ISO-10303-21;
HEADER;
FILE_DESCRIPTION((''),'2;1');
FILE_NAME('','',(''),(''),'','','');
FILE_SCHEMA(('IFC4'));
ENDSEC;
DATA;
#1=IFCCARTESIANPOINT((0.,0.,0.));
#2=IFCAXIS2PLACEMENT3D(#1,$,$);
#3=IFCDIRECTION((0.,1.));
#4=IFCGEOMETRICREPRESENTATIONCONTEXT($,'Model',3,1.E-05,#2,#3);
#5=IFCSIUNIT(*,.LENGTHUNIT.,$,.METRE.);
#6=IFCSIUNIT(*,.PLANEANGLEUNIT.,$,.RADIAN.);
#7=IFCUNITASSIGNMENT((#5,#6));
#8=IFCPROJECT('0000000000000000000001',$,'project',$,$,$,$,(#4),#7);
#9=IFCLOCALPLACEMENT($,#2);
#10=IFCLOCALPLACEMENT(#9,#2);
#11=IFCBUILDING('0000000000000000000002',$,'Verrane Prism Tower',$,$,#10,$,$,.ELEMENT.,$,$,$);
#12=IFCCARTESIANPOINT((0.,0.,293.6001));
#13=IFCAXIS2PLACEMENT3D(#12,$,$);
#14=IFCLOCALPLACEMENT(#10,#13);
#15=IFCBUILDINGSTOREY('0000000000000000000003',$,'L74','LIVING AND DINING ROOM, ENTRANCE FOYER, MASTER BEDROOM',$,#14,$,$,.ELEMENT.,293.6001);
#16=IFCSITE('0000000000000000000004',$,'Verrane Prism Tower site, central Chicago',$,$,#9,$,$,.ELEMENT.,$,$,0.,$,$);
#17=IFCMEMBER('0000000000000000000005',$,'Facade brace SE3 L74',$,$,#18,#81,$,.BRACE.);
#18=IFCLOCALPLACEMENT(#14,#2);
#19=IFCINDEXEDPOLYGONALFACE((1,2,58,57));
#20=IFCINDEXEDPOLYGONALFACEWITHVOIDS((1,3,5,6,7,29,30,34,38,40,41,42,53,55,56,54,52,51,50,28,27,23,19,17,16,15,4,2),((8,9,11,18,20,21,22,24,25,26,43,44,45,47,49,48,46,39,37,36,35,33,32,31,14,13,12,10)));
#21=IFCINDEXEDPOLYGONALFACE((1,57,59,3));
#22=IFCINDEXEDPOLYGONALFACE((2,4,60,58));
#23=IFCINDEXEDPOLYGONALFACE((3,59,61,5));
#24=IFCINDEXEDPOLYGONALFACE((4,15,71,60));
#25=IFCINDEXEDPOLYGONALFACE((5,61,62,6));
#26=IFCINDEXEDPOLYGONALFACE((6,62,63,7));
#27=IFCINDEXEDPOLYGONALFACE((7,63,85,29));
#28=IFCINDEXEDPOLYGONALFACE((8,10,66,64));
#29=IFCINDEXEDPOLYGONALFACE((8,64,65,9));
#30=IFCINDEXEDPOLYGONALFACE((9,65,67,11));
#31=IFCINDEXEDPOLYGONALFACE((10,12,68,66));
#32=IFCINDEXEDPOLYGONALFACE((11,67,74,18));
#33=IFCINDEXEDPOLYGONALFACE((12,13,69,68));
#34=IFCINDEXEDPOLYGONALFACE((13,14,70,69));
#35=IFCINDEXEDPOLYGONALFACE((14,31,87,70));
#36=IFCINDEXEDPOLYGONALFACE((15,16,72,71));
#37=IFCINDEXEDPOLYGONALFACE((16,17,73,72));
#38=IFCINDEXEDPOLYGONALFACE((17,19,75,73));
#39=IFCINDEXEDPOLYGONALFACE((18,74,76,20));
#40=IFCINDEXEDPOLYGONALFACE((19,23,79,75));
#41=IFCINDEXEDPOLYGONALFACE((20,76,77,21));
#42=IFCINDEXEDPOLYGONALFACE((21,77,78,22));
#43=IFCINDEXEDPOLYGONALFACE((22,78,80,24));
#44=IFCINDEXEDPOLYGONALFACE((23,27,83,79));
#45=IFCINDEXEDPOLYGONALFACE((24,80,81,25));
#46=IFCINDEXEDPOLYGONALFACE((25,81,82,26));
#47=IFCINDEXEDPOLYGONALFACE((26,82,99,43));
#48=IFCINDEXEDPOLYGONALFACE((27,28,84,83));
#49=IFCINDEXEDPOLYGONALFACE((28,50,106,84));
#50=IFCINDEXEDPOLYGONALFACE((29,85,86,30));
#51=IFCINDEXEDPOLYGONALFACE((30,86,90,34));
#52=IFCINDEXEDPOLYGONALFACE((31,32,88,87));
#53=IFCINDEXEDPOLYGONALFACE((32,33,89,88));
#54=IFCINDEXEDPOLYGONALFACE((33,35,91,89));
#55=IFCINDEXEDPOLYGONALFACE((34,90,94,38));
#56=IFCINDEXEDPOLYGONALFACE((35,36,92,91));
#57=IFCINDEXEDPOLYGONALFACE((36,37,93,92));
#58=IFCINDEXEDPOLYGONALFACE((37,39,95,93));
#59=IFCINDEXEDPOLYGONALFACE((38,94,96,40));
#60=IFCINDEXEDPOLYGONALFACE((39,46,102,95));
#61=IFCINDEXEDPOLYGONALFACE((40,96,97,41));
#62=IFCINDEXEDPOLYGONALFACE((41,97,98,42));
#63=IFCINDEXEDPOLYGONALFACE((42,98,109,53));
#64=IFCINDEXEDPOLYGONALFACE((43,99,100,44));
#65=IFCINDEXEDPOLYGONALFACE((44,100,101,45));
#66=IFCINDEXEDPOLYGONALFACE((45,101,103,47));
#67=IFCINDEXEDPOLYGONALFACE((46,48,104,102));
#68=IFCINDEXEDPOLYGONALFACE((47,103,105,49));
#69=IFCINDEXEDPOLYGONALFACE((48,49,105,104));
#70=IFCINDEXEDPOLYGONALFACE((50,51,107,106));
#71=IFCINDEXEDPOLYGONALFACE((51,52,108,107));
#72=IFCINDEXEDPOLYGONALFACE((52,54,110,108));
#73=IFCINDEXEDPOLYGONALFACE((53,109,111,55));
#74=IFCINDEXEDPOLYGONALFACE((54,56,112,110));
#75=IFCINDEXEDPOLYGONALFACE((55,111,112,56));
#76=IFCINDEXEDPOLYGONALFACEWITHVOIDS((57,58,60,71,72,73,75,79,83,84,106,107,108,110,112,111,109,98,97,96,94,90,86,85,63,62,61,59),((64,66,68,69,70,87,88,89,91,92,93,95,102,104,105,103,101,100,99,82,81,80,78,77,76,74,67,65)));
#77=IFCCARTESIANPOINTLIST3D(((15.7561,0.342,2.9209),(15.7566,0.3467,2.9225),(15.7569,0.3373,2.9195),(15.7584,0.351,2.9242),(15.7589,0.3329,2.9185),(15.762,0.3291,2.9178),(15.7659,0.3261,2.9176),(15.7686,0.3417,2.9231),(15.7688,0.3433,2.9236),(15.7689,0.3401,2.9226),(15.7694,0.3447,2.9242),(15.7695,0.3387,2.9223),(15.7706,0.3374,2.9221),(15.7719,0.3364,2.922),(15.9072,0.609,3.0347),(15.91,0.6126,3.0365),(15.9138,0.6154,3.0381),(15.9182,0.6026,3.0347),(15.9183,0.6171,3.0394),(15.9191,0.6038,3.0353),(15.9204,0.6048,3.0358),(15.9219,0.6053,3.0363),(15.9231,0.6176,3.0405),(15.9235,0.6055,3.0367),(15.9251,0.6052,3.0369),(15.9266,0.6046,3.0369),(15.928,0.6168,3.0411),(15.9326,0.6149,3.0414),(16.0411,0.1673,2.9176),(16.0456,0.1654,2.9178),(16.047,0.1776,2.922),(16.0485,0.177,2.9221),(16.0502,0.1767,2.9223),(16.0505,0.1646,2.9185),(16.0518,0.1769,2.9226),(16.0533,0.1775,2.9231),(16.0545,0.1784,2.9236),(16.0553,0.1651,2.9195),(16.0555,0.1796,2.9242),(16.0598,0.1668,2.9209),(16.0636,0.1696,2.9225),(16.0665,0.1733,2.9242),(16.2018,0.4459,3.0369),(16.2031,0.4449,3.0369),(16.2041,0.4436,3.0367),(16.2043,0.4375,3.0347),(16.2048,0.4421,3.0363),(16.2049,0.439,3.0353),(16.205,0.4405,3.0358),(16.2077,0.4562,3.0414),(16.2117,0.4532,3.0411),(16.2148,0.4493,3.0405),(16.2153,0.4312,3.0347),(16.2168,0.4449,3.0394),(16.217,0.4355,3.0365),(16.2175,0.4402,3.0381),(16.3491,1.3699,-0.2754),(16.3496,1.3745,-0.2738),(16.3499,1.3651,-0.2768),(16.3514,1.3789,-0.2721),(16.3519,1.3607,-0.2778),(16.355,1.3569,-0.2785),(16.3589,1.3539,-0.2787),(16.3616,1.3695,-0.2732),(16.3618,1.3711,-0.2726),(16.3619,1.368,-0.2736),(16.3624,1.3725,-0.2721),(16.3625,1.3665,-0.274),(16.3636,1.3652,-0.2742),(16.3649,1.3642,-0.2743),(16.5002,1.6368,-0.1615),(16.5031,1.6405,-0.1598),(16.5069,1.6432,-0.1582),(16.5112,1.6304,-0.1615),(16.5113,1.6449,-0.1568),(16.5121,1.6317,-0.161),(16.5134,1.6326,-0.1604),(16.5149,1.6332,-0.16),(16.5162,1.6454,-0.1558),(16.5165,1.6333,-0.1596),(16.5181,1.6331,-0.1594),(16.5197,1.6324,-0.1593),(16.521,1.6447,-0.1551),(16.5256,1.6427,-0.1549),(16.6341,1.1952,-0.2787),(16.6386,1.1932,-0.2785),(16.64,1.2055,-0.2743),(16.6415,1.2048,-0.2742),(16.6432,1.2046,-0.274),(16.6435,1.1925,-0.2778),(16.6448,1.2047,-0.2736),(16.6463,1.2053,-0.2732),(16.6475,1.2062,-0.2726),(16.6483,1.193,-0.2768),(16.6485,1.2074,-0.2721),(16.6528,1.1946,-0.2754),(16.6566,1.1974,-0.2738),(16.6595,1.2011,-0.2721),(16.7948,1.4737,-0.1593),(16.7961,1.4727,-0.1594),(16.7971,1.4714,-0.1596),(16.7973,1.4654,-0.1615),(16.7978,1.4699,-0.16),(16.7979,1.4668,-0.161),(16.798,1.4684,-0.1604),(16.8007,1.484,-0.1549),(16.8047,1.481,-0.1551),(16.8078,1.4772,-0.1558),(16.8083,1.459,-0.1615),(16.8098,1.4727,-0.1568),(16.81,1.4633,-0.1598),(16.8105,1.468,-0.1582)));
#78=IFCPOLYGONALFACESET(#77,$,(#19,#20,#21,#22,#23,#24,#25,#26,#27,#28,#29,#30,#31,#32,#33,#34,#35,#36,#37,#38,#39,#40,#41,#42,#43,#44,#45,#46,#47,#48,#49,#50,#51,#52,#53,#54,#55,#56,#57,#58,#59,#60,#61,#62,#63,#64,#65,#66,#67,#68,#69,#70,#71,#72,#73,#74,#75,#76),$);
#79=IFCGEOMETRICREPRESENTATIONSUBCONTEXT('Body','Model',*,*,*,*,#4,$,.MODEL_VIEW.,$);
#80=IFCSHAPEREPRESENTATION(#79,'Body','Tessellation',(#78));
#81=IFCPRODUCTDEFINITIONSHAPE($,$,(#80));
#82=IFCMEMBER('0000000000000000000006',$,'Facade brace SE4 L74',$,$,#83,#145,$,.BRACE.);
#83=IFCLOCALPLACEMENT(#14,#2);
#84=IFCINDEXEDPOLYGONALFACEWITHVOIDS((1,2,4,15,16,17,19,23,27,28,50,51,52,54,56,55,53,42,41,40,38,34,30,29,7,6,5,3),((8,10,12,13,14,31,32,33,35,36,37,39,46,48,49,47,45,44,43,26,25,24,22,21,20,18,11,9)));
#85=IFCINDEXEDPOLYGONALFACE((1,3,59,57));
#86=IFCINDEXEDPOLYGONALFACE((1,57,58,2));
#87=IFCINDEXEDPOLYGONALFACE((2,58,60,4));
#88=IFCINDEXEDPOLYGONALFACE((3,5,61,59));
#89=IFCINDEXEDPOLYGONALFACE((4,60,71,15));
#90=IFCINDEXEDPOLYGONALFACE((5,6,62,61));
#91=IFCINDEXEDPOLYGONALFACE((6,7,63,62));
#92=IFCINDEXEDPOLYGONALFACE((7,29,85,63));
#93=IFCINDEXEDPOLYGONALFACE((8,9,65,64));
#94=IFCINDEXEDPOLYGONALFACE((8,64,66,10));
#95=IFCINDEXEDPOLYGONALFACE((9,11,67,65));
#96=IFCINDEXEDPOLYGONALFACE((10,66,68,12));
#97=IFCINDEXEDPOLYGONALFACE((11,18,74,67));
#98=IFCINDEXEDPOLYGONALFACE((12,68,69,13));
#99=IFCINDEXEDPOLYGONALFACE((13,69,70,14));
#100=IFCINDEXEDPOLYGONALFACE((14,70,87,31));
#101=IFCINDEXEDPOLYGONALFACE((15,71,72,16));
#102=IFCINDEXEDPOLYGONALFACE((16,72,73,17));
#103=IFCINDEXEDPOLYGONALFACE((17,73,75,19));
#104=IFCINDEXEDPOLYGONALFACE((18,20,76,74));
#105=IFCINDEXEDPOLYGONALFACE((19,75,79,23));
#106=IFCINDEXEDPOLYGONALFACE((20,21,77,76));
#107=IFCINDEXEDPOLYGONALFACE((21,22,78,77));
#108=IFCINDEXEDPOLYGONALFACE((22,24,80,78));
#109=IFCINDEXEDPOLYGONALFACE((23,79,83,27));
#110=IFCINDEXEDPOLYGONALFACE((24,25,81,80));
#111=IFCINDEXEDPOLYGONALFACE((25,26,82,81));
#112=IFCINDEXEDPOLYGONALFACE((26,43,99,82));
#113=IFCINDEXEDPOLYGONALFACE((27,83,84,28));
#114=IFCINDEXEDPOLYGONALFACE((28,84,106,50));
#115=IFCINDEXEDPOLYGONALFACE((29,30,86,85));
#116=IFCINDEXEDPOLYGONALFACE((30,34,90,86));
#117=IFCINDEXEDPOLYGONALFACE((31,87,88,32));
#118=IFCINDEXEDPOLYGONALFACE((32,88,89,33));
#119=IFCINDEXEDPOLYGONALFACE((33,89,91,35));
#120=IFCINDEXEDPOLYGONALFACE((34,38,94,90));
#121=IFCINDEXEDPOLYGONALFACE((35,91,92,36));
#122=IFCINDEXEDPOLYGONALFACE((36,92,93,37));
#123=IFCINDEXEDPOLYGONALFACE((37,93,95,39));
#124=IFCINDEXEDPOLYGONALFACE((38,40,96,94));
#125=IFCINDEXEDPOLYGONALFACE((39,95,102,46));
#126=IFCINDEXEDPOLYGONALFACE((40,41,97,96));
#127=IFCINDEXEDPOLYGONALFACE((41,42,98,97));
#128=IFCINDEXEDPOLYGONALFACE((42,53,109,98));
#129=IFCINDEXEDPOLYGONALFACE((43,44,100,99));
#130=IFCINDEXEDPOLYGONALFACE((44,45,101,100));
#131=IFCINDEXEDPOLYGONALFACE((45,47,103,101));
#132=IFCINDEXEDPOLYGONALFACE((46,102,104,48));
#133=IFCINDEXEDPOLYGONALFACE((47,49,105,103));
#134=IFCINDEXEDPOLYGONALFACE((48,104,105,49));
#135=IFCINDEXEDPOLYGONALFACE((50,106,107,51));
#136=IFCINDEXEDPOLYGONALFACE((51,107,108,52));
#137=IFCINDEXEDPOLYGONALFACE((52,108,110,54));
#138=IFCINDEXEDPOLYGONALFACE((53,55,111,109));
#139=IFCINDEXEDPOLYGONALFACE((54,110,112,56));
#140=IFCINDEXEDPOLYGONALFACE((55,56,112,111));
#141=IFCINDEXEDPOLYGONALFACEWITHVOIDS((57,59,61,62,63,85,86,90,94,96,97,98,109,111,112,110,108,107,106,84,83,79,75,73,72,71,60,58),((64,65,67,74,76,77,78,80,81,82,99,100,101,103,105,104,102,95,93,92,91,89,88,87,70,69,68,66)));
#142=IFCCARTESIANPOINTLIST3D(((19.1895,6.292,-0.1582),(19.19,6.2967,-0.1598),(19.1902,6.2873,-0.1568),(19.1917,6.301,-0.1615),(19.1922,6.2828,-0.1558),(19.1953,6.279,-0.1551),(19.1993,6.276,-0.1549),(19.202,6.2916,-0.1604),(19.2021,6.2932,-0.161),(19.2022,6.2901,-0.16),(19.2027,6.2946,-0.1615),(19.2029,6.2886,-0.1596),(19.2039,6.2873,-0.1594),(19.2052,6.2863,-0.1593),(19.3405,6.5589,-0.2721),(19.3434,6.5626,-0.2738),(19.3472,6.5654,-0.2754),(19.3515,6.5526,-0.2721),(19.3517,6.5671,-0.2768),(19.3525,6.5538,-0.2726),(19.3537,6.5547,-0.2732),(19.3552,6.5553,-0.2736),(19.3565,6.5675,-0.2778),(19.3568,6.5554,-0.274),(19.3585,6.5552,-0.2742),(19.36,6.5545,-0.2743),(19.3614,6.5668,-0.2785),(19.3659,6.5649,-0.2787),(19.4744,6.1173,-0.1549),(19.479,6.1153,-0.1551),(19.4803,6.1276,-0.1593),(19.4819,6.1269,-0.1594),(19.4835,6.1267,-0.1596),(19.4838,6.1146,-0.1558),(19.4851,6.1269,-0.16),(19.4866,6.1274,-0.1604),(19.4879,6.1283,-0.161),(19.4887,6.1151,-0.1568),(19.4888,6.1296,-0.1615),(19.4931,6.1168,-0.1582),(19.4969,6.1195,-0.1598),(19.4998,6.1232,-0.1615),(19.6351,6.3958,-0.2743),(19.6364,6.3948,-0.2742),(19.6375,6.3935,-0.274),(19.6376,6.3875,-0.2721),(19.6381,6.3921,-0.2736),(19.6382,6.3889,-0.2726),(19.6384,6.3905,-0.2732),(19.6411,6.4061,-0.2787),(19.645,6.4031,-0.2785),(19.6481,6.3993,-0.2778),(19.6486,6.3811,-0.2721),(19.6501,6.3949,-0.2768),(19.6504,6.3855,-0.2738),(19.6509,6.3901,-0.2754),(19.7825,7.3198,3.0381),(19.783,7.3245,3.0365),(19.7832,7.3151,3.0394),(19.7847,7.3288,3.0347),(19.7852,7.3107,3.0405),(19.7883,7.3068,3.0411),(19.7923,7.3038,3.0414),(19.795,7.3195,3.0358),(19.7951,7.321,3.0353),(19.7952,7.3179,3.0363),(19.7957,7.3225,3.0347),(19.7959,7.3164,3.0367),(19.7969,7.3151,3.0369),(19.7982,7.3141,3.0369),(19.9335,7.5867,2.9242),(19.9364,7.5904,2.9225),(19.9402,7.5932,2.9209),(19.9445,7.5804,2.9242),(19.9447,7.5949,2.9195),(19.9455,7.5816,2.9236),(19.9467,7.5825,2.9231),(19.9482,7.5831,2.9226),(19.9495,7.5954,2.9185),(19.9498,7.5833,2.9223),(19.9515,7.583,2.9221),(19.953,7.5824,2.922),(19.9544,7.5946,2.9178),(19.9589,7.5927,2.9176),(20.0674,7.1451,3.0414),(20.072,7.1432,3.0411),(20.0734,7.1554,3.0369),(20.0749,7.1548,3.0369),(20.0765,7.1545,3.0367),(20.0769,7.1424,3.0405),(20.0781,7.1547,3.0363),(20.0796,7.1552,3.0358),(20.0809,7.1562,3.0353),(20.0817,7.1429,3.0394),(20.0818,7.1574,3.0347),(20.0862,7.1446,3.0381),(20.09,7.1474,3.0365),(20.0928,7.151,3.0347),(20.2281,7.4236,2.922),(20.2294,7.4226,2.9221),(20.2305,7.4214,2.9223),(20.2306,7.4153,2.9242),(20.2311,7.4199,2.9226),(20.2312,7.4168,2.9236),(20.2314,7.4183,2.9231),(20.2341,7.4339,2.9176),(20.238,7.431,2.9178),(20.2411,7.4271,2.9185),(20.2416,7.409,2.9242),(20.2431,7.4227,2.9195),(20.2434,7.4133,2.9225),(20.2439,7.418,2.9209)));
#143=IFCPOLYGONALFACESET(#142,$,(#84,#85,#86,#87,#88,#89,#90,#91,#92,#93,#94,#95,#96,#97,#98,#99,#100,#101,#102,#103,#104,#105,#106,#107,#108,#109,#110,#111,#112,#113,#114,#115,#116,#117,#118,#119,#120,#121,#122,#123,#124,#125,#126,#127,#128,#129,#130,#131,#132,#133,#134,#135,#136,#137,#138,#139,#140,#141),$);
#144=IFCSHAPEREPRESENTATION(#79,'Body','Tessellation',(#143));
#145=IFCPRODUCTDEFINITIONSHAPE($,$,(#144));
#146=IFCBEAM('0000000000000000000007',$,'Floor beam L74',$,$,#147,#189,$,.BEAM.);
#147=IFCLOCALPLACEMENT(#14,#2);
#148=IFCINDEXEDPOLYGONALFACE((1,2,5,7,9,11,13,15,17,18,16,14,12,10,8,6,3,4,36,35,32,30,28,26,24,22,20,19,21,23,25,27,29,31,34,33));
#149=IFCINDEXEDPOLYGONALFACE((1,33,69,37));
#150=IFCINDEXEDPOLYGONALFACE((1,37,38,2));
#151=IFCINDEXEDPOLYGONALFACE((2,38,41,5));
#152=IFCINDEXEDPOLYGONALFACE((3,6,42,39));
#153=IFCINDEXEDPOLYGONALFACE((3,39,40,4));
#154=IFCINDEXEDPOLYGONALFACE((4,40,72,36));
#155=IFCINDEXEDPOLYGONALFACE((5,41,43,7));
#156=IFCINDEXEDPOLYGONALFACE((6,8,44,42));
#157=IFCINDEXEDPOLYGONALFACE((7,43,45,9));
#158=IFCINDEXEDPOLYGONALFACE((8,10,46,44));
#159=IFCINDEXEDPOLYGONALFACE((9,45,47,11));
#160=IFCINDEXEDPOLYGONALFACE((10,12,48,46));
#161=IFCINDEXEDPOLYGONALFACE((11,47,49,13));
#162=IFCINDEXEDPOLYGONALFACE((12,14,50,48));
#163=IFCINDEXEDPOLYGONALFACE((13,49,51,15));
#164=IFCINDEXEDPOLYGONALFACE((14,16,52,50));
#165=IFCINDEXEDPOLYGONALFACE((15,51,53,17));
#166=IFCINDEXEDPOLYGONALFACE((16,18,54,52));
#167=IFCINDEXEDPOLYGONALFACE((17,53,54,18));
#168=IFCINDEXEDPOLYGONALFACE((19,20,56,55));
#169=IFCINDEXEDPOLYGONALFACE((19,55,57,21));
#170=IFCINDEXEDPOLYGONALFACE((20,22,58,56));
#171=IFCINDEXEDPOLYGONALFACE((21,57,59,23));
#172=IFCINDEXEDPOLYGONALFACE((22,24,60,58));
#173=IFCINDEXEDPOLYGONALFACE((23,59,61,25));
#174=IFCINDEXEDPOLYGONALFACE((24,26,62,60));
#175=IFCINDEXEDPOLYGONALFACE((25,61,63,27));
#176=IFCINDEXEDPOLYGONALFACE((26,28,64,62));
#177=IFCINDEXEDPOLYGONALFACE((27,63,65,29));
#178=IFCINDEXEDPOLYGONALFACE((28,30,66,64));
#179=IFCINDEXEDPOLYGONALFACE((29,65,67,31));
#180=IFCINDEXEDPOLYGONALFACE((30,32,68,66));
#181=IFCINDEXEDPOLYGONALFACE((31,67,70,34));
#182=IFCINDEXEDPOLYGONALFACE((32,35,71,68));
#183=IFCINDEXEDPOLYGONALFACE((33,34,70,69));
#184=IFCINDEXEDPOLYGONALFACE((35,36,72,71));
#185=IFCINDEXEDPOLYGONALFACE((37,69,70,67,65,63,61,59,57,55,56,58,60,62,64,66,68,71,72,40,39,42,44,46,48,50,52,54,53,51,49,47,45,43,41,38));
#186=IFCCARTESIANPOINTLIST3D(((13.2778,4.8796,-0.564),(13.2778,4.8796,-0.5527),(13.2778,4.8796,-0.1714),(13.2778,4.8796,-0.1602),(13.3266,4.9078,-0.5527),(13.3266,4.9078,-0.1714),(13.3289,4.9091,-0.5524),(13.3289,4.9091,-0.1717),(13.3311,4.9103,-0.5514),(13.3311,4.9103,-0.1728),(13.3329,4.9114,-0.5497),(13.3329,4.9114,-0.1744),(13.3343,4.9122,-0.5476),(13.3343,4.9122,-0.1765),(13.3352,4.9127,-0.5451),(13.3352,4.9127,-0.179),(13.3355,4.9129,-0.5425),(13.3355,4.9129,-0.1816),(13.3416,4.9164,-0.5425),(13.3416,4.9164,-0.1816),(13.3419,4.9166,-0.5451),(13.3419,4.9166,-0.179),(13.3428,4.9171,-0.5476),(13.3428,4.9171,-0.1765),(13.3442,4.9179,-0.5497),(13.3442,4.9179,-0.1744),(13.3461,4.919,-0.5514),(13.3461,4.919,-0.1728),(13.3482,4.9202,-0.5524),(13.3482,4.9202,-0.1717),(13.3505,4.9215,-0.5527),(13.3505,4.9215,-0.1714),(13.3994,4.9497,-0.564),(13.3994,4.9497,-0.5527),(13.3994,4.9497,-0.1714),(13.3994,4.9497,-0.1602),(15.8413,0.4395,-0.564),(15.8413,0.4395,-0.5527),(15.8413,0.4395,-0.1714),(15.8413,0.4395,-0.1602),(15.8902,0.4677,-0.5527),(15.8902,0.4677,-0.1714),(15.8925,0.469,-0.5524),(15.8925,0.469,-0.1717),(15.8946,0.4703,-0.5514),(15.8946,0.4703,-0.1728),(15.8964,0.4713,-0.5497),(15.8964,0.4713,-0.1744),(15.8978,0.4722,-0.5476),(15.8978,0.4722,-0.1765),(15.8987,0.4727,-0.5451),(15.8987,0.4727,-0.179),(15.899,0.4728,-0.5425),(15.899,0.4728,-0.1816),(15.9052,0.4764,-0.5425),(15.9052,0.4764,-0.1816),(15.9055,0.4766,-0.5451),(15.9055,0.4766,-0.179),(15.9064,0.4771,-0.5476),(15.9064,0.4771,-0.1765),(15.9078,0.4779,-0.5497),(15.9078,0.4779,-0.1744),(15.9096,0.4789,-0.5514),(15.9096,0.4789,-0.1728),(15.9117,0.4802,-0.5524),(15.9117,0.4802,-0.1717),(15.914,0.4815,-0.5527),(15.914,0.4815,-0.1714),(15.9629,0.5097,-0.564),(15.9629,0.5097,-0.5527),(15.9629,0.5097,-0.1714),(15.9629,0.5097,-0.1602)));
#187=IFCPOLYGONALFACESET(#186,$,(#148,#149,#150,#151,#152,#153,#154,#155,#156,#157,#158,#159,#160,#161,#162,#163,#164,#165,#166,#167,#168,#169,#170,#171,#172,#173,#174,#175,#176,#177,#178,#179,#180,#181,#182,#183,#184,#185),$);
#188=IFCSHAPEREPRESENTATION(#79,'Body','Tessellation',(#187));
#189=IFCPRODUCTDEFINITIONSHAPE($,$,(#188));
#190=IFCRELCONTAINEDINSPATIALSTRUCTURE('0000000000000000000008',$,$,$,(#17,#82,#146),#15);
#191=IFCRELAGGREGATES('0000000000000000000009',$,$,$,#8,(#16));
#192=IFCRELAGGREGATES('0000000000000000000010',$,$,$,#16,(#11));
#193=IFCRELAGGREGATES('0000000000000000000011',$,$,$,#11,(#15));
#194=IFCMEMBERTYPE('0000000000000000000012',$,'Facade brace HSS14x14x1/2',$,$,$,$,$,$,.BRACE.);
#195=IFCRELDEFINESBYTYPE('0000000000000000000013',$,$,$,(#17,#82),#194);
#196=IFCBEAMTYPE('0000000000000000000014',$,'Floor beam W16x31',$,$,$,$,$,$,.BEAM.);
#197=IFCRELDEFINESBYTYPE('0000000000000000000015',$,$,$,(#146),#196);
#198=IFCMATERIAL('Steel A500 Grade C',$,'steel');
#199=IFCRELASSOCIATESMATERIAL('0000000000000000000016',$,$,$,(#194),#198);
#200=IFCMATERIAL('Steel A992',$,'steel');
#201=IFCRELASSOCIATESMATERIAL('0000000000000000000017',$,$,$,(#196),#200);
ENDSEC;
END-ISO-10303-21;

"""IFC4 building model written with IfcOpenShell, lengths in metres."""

from ifc_helpers import new_model, si_unit, direction, frame, origin, origin_2d, place, context, subcontext, project, spatial, hollow_rectangle, i_section, extrude, material, material_profile, profile_set, type_object, element, save


model = new_model("IFC4")

# Units and contexts
model_context = context("Model", 3, precision=1e-05, world=origin(), true_north=direction((0.0, 1.0)))
body_context = subcontext(model_context, "Body", "Model", "MODEL_VIEW")
ifc_project = project(units=[si_unit("LENGTHUNIT", "METRE"), si_unit("PLANEANGLEUNIT", "RADIAN")], contexts=[model_context])

# Site, building, storey
site_placement = place(None, origin())
site = spatial("IfcSite", under=ifc_project, at=site_placement, Name="Verrane Prism Tower site, central Chicago", CompositionType="ELEMENT", RefElevation=0.0)
building_placement = place(site_placement, origin())
building = spatial("IfcBuilding", under=site, at=building_placement, Name="Verrane Prism Tower", CompositionType="ELEMENT")
storey_placement = place(building_placement, frame((0.0, 0.0, 293.6001)))
storey = spatial("IfcBuildingStorey", under=building, at=storey_placement, Name="L74", Description="LIVING AND DINING ROOM, ENTRANCE FOYER, MASTER BEDROOM", CompositionType="ELEMENT", Elevation=293.6001)

# Members
ifc_material_1 = material(Name="Steel A500 Grade C", Category="steel")
ifc_material_profile_1 = material_profile(ifc_material_1, hollow_rectangle(XDim=0.3557, YDim=0.3557, WallThickness=0.0127, InnerFilletRadius=0.0063, OuterFilletRadius=0.019, at=origin_2d()), Name="HSS14x14x1/2")
ifc_profile_set_1 = profile_set([ifc_material_profile_1], Name="Steel A500 Grade C")
member_type_1 = type_object("IfcMemberType", Name="Facade brace HSS14x14x1/2", PredefinedType="BRACE", material=ifc_profile_set_1)
for number, where, z_axis, x_axis, name in (
    (1, (16.5798, 1.4189, -0.2168), (-0.173933, -0.301465, 0.937478), (0.866172, -0.499746, 0.0), "Facade brace SE3 L74"),
    (2, (19.4202, 6.3411, -0.2168), (0.173933, 0.301465, 0.937478), (-0.866172, 0.499746, 0.0), "Facade brace SE4 L74"),
):
    element("IfcMember", number, at=place(storey_placement, frame(where, z_axis=z_axis, x_axis=x_axis)), inside=storey, type_object=member_type_1, Name=name, PredefinedType="BRACE", context=body_context, shape_type="SweptSolid", body=[
        extrude(hollow_rectangle(XDim=0.3557, YDim=0.3557, WallThickness=0.0127, InnerFilletRadius=0.0063, OuterFilletRadius=0.019, at=origin_2d()), origin(), (0.0, 0.0, 1.0), 3.4094),
    ])

# Beam
ifc_material_2 = material(Name="Steel A992", Category="steel")
ifc_material_profile_2 = material_profile(ifc_material_2, i_section(OverallWidth=0.1404, OverallDepth=0.4038, WebThickness=0.0071, FlangeThickness=0.0112, FilletRadius=0.0103, at=origin_2d()), Name="W16x31")
ifc_profile_set_2 = profile_set([ifc_material_profile_2], Name="Steel A992")
beam_type_1 = type_object("IfcBeamType", Name="Floor beam W16x31", PredefinedType="BEAM", material=ifc_profile_set_2)
beam_1_placement = place(storey_placement, frame((15.9021, 0.4746, -0.3621), z_axis=(-0.500011, 0.866019, 0.0), x_axis=(-0.866019, -0.500011, 0.0)))
element("IfcBeam", 3, at=beam_1_placement, inside=storey, type_object=beam_type_1, Name="Floor beam L74", PredefinedType="BEAM", context=body_context, shape_type="SweptSolid", body=[
    extrude(i_section(OverallWidth=0.1404, OverallDepth=0.4038, WebThickness=0.0071, FlangeThickness=0.0112, FilletRadius=0.0103, at=origin_2d()), origin(), (0.0, 0.0, 1.0), 5.127),
])

save(model, "model.ifc")
